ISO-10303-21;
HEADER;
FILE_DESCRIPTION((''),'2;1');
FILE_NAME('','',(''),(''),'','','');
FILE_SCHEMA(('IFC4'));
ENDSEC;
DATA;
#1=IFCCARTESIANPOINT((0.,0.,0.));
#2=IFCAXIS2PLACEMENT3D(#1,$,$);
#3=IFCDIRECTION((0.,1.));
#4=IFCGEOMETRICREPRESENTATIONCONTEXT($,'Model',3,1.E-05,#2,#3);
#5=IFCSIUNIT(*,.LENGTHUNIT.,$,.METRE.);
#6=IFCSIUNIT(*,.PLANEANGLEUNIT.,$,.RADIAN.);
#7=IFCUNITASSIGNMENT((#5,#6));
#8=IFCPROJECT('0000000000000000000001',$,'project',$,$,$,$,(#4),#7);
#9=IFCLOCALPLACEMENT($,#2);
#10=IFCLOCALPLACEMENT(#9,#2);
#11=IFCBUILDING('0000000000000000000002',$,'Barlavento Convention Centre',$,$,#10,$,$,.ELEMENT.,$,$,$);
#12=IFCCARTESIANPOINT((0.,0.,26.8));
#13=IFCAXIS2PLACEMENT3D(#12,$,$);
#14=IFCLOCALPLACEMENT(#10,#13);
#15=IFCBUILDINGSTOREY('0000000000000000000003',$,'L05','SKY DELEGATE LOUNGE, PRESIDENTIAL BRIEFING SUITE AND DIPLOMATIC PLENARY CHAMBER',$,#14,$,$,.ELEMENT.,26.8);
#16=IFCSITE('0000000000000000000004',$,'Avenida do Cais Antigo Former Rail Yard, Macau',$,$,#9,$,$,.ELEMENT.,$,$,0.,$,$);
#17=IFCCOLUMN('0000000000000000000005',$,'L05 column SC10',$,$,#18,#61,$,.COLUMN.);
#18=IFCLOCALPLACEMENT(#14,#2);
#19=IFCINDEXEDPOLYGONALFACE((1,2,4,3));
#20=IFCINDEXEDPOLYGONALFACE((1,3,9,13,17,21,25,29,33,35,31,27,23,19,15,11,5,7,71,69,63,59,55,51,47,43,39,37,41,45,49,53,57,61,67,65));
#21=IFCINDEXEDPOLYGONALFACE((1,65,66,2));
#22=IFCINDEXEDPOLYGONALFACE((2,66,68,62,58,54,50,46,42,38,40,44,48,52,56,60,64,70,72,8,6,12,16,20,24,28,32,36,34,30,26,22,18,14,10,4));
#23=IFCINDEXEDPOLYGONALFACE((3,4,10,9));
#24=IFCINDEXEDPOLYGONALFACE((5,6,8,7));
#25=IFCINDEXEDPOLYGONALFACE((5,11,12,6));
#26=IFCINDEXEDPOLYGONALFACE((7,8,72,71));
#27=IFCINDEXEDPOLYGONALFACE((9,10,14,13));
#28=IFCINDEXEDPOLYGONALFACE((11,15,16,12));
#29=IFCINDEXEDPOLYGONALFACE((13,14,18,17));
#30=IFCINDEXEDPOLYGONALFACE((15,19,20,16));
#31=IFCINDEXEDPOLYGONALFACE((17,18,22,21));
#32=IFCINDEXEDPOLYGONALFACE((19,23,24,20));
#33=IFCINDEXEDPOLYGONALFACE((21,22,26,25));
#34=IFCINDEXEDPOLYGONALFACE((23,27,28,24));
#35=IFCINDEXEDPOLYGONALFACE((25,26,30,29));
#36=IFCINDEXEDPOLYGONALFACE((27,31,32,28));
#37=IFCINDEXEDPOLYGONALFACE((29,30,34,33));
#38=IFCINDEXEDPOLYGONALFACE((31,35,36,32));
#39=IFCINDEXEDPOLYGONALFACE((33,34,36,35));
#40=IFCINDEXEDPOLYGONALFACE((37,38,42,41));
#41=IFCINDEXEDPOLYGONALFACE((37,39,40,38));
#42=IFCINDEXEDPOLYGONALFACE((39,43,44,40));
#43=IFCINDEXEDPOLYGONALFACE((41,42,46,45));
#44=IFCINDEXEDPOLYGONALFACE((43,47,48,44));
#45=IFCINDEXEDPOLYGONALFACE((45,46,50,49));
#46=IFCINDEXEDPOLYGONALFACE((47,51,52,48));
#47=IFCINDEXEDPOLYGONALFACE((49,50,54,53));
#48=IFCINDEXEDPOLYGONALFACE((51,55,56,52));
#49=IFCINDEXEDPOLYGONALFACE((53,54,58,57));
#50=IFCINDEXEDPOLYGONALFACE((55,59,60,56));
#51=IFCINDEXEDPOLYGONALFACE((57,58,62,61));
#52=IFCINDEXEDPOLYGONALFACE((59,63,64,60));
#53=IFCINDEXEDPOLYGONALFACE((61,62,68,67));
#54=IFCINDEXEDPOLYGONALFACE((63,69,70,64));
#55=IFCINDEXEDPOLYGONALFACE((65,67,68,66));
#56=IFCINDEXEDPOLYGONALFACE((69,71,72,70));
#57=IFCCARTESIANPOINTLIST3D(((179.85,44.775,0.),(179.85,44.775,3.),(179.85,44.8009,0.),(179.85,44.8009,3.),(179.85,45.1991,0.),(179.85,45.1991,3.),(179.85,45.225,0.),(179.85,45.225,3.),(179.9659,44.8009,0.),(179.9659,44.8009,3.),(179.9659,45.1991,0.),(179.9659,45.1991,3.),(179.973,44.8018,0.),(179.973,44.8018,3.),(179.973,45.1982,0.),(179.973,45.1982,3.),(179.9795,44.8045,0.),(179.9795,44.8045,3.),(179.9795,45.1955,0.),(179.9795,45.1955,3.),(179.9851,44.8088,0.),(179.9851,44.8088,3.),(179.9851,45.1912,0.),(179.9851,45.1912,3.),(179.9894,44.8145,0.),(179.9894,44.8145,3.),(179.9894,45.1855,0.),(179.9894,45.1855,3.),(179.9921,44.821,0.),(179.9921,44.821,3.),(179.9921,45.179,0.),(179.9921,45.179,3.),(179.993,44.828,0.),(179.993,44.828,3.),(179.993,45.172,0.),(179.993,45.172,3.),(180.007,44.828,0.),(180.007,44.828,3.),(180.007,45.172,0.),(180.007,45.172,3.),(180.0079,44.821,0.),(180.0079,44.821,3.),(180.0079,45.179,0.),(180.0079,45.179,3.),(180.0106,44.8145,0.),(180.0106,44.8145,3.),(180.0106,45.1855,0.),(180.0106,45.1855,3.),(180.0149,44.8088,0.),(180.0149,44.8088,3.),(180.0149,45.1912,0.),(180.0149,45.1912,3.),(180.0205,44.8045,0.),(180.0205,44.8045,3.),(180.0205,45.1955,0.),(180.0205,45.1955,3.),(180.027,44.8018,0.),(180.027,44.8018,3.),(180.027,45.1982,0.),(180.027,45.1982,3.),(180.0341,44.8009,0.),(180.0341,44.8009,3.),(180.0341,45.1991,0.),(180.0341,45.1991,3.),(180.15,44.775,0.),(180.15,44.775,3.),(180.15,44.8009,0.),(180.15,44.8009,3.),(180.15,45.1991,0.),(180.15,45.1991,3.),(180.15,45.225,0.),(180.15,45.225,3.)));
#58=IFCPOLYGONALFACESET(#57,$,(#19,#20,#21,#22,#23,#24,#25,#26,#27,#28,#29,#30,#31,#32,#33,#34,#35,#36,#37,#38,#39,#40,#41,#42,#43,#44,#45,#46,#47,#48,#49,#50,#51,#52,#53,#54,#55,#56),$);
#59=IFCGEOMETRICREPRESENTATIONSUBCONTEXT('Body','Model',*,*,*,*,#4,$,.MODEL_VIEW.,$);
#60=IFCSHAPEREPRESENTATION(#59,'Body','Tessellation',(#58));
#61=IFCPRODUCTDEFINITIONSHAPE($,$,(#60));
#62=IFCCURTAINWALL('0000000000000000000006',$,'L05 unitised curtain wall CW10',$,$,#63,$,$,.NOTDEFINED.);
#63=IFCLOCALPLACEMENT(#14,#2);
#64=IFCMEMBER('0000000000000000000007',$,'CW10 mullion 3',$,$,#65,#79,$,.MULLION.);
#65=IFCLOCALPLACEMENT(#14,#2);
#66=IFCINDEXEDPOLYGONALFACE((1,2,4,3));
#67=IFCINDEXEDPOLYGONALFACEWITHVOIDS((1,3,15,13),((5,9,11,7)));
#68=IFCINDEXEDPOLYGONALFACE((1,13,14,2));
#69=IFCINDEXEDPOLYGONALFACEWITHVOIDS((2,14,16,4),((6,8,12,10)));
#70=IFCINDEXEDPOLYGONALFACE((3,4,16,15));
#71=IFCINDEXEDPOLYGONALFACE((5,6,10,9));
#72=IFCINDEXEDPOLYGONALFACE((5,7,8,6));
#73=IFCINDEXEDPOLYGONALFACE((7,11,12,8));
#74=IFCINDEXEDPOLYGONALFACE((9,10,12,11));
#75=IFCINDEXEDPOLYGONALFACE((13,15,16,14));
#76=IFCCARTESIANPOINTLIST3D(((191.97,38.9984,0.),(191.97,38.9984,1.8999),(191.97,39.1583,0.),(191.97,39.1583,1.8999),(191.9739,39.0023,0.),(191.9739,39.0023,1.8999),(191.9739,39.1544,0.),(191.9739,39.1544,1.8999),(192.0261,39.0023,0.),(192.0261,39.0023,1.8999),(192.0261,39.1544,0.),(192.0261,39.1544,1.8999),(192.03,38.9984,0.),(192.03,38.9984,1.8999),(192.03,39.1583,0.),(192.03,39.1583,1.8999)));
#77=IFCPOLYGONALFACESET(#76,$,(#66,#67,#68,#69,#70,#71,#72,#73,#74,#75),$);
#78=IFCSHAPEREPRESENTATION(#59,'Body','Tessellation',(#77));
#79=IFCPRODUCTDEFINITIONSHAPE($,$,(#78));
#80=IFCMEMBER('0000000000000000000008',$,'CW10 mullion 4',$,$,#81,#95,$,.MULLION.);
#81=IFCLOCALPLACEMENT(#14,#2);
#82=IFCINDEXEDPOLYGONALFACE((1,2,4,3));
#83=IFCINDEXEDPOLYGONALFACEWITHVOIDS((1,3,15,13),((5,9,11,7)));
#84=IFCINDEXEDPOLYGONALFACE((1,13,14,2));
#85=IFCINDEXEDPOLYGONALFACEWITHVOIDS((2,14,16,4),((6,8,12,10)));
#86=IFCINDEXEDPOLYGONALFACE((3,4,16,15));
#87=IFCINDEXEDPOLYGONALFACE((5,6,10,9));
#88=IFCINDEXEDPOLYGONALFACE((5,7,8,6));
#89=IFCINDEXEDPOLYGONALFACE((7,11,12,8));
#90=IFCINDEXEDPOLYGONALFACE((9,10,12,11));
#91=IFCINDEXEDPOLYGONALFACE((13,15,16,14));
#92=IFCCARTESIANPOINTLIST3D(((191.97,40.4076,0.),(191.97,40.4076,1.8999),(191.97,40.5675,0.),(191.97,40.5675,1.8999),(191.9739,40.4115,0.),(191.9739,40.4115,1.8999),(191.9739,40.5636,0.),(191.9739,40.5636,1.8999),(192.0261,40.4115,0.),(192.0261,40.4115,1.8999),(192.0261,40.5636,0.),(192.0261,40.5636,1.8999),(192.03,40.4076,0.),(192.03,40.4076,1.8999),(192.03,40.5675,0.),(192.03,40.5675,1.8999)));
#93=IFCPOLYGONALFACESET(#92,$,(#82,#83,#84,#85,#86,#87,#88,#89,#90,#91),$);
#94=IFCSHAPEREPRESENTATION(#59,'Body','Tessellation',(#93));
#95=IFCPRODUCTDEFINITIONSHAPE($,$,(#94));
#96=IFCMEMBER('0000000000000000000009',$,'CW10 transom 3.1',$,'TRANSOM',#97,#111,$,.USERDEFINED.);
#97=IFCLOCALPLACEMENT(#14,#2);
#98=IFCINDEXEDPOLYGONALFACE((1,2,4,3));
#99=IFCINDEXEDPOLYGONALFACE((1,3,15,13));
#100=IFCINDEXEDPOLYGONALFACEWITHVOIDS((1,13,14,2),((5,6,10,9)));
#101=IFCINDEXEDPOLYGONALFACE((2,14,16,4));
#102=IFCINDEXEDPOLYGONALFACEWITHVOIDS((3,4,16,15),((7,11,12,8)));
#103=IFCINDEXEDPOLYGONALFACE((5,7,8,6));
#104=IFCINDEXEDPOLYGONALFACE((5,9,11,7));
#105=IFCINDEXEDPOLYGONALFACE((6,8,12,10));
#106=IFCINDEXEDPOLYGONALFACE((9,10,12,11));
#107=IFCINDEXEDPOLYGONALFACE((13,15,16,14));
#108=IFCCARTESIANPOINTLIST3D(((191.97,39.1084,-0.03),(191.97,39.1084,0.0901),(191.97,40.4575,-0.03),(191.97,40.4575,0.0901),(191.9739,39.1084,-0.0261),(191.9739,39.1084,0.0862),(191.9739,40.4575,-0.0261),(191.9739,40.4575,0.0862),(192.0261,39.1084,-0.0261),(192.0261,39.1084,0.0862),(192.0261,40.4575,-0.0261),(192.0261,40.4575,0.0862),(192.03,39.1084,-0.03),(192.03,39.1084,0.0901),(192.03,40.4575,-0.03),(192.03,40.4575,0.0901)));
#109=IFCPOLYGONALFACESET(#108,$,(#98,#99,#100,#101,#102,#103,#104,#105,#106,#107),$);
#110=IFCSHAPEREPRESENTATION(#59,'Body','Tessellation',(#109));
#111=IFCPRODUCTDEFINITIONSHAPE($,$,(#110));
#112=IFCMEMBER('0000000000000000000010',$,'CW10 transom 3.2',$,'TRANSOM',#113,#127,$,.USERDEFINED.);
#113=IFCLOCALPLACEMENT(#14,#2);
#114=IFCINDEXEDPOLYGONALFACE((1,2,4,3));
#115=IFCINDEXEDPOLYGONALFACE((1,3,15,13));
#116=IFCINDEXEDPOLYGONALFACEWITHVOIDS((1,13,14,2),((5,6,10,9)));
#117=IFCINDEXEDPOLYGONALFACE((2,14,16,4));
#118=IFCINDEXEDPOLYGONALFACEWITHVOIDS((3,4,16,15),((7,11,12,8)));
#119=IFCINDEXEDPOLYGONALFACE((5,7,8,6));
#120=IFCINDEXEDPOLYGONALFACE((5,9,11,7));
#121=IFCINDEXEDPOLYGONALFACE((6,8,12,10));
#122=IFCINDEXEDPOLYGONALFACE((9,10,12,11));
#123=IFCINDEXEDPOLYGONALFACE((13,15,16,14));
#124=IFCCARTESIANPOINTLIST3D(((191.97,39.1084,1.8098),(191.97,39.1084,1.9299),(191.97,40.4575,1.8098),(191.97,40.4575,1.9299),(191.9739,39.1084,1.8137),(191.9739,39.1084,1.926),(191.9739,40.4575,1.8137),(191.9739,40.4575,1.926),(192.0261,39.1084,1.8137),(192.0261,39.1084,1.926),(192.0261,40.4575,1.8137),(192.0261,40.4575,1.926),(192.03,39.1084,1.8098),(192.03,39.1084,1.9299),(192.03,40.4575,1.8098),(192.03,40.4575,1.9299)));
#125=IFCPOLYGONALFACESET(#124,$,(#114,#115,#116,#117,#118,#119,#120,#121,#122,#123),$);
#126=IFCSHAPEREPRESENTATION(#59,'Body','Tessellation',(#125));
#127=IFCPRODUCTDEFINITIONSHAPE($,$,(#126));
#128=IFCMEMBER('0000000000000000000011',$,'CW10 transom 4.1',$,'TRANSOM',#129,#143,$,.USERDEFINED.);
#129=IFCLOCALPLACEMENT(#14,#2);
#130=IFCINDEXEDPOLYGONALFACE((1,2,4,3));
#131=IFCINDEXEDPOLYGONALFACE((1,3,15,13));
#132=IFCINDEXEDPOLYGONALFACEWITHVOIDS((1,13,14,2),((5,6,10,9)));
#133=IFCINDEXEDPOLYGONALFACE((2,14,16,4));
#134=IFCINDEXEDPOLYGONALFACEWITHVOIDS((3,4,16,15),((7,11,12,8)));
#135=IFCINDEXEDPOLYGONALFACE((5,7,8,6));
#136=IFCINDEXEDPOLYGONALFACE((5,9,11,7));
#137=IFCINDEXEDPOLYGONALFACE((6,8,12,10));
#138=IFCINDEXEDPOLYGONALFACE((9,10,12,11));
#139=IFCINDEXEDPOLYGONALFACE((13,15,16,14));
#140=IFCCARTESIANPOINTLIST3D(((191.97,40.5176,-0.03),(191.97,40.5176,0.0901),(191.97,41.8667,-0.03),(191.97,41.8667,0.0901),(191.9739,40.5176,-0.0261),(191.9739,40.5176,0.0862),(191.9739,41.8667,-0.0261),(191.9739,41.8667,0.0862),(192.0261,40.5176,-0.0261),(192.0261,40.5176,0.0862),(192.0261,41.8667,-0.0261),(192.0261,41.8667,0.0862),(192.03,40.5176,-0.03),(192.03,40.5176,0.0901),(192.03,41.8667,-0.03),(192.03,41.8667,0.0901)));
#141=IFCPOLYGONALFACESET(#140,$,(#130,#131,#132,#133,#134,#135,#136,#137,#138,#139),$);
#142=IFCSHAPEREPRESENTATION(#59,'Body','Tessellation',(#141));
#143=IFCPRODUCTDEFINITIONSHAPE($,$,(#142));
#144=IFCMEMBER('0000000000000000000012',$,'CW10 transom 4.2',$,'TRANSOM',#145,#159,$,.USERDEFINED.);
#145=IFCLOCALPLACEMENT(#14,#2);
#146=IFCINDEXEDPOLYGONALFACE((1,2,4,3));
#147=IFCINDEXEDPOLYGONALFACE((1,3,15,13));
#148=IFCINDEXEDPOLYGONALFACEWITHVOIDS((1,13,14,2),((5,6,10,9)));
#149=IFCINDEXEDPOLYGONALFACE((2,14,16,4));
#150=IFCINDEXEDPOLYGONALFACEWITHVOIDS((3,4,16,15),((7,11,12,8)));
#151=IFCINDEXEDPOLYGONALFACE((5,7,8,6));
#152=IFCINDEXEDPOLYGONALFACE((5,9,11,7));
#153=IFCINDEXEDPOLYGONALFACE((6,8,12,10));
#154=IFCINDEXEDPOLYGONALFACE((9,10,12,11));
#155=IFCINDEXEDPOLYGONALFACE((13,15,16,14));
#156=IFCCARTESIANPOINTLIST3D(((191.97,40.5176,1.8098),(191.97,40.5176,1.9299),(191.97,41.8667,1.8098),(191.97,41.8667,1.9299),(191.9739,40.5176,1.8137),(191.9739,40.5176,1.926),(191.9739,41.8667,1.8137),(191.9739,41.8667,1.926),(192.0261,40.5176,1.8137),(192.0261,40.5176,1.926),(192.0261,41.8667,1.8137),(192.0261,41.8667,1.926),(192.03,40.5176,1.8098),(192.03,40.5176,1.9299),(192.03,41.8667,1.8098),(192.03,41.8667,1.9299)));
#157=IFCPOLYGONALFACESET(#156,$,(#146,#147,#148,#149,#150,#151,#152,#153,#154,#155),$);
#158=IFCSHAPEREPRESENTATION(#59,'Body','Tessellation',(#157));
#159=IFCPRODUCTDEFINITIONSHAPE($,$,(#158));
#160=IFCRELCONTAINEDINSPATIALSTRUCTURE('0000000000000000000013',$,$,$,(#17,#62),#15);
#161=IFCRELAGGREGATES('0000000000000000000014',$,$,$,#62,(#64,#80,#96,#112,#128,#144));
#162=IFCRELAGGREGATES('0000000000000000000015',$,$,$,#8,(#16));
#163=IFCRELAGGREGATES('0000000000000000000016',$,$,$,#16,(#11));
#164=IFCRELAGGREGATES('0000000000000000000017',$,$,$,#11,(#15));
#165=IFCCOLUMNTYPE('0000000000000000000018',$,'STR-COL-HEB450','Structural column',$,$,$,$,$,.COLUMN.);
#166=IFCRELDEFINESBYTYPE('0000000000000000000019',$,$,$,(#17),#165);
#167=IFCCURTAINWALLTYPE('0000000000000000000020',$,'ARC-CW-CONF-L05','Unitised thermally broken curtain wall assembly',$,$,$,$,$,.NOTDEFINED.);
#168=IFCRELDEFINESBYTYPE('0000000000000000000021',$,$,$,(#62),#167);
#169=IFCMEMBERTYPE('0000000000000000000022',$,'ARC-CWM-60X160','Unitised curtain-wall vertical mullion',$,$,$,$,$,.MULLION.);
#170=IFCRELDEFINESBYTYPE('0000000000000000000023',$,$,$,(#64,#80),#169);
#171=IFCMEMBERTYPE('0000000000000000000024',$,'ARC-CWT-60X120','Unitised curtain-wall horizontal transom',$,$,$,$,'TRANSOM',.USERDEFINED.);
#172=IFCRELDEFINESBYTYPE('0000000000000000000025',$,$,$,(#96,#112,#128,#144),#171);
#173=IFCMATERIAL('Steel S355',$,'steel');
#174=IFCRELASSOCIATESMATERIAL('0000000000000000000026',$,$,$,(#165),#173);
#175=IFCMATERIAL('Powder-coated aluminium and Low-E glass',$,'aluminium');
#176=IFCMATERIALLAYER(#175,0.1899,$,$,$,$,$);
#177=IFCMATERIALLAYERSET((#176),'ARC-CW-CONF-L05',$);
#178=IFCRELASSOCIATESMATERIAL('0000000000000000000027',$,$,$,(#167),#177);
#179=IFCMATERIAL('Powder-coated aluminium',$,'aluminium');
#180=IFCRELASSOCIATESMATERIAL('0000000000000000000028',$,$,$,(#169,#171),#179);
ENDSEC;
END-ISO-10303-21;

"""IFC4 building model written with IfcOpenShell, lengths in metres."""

from ifc_helpers import new_model, si_unit, direction, frame, origin, origin_2d, place, context, subcontext, project, spatial, hollow_rectangle, i_section, extrude, material, layer, layer_set, material_profile, profile_set, type_object, element, aggregate, save


model = new_model("IFC4")

# Units and contexts
model_context = context("Model", 3, precision=1e-05, world=origin(), true_north=direction((0.0, 1.0)))
body_context = subcontext(model_context, "Body", "Model", "MODEL_VIEW")
ifc_project = project(units=[si_unit("LENGTHUNIT", "METRE"), si_unit("PLANEANGLEUNIT", "RADIAN")], contexts=[model_context])

# Site, building, storey
site_placement = place(None, origin())
site = spatial("IfcSite", under=ifc_project, at=site_placement, Name="Avenida do Cais Antigo Former Rail Yard, Macau", CompositionType="ELEMENT", RefElevation=0.0)
building_placement = place(site_placement, origin())
building = spatial("IfcBuilding", under=site, at=building_placement, Name="Barlavento Convention Centre", CompositionType="ELEMENT")
storey_placement = place(building_placement, frame((0.0, 0.0, 26.8)))
storey = spatial("IfcBuildingStorey", under=building, at=storey_placement, Name="L05", Description="SKY DELEGATE LOUNGE, PRESIDENTIAL BRIEFING SUITE AND DIPLOMATIC PLENARY CHAMBER", CompositionType="ELEMENT", Elevation=26.8)

# Column
ifc_material_1 = material(Name="Steel S355", Category="steel")
ifc_material_profile_1 = material_profile(ifc_material_1, i_section(OverallWidth=0.3, OverallDepth=0.45, WebThickness=0.0139, FlangeThickness=0.0259, FilletRadius=0.0271, at=origin_2d()), Name="HEB 450")
ifc_profile_set_1 = profile_set([ifc_material_profile_1], Name="Steel S355")
column_type = type_object("IfcColumnType", Name="STR-COL-HEB450", Description="Structural column", PredefinedType="COLUMN", material=ifc_profile_set_1)
column_placement = place(storey_placement, frame((180.0, 45.0, 0.0), z_axis=(0.0, 0.0, 1.0), x_axis=(1.0, 0.0, 0.0)))
element("IfcColumn", 1, at=column_placement, inside=storey, type_object=column_type, Name="L05 column SC10", PredefinedType="COLUMN", context=body_context, shape_type="SweptSolid", body=[
    extrude(i_section(OverallWidth=0.3, OverallDepth=0.45, WebThickness=0.0139, FlangeThickness=0.0259, FilletRadius=0.0271, at=origin_2d()), origin(), (0.0, 0.0, 1.0), 3.0),
])

# Curtain wall, members
ifc_material_2 = material(Name="Powder-coated aluminium and Low-E glass", Category="aluminium")
ifc_layer_1 = layer(ifc_material_2, 0.1899)
ifc_layer_set_1 = layer_set([ifc_layer_1], Name="ARC-CW-CONF-L05")
curtain_wall_type = type_object("IfcCurtainWallType", Name="ARC-CW-CONF-L05", Description="Unitised thermally broken curtain wall assembly", PredefinedType="NOTDEFINED", material=ifc_layer_set_1)
curtain_wall_placement = place(storey_placement, origin())
curtain_wall = element("IfcCurtainWall", 2, at=curtain_wall_placement, inside=storey, type_object=curtain_wall_type, Name="L05 unitised curtain wall CW10", PredefinedType="NOTDEFINED")
ifc_material_3 = material(Name="Powder-coated aluminium", Category="aluminium")
ifc_material_profile_2 = material_profile(ifc_material_3, hollow_rectangle(XDim=0.0601, YDim=0.1599, WallThickness=0.0039, at=origin_2d()), Name="AL-MULL 60x160x4")
ifc_profile_set_2 = profile_set([ifc_material_profile_2], Name="Powder-coated aluminium")
member_type_1 = type_object("IfcMemberType", Name="ARC-CWM-60X160", Description="Unitised curtain-wall vertical mullion", PredefinedType="MULLION", material=ifc_profile_set_2)
member_1_placement = place(storey_placement, frame((192.0, 39.0784, 0.0), z_axis=(0.0, 0.0, 1.0), x_axis=(-1.0, 0.0, 0.0)))
member_1 = element("IfcMember", 3, at=member_1_placement, type_object=member_type_1, Name="CW10 mullion 3", PredefinedType="MULLION", context=body_context, shape_type="SweptSolid", body=[
    extrude(hollow_rectangle(XDim=0.0601, YDim=0.1599, WallThickness=0.0039, at=origin_2d()), origin(), (0.0, 0.0, 1.0), 1.8999),
])
member_2_placement = place(storey_placement, frame((192.0, 40.4875, 0.0), z_axis=(0.0, 0.0, 1.0), x_axis=(-1.0, 0.0, 0.0)))
member_2 = element("IfcMember", 4, at=member_2_placement, type_object=member_type_1, Name="CW10 mullion 4", PredefinedType="MULLION", context=body_context, shape_type="SweptSolid", body=[
    extrude(hollow_rectangle(XDim=0.0601, YDim=0.1599, WallThickness=0.0039, at=origin_2d()), origin(), (0.0, 0.0, 1.0), 1.8999),
])
ifc_material_profile_3 = material_profile(ifc_material_3, hollow_rectangle(XDim=0.0601, YDim=0.1201, WallThickness=0.0039, at=origin_2d()), Name="AL-TRAN 60x120x4")
ifc_profile_set_3 = profile_set([ifc_material_profile_3], Name="Powder-coated aluminium")
member_type_2 = type_object("IfcMemberType", Name="ARC-CWT-60X120", Description="Unitised curtain-wall horizontal transom", ElementType="TRANSOM", PredefinedType="USERDEFINED", material=ifc_profile_set_3)
member_3_placement = place(storey_placement, frame((192.0, 39.1084, 0.03), z_axis=(0.0, 1.0, 0.0), x_axis=(-1.0, 0.0, 0.0)))
member_3 = element("IfcMember", 5, at=member_3_placement, type_object=member_type_2, Name="CW10 transom 3.1", ObjectType="TRANSOM", PredefinedType="USERDEFINED", context=body_context, shape_type="SweptSolid", body=[
    extrude(hollow_rectangle(XDim=0.0601, YDim=0.1201, WallThickness=0.0039, at=origin_2d()), origin(), (0.0, 0.0, 1.0), 1.3491),
])
member_4_placement = place(storey_placement, frame((192.0, 39.1084, 1.8699), z_axis=(0.0, 1.0, 0.0), x_axis=(-1.0, 0.0, 0.0)))
member_4 = element("IfcMember", 6, at=member_4_placement, type_object=member_type_2, Name="CW10 transom 3.2", ObjectType="TRANSOM", PredefinedType="USERDEFINED", context=body_context, shape_type="SweptSolid", body=[
    extrude(hollow_rectangle(XDim=0.0601, YDim=0.1201, WallThickness=0.0039, at=origin_2d()), origin(), (0.0, 0.0, 1.0), 1.3491),
])
member_5_placement = place(storey_placement, frame((192.0, 40.5176, 0.03), z_axis=(0.0, 1.0, 0.0), x_axis=(-1.0, 0.0, 0.0)))
member_5 = element("IfcMember", 7, at=member_5_placement, type_object=member_type_2, Name="CW10 transom 4.1", ObjectType="TRANSOM", PredefinedType="USERDEFINED", context=body_context, shape_type="SweptSolid", body=[
    extrude(hollow_rectangle(XDim=0.0601, YDim=0.1201, WallThickness=0.0039, at=origin_2d()), origin(), (0.0, 0.0, 1.0), 1.3491),
])
member_6_placement = place(storey_placement, frame((192.0, 40.5176, 1.8699), z_axis=(0.0, 1.0, 0.0), x_axis=(-1.0, 0.0, 0.0)))
member_6 = element("IfcMember", 8, at=member_6_placement, type_object=member_type_2, Name="CW10 transom 4.2", ObjectType="TRANSOM", PredefinedType="USERDEFINED", context=body_context, shape_type="SweptSolid", body=[
    extrude(hollow_rectangle(XDim=0.0601, YDim=0.1201, WallThickness=0.0039, at=origin_2d()), origin(), (0.0, 0.0, 1.0), 1.3491),
])

aggregate(curtain_wall, [member_1, member_2, member_3, member_4, member_5, member_6])

save(model, "model.ifc")
